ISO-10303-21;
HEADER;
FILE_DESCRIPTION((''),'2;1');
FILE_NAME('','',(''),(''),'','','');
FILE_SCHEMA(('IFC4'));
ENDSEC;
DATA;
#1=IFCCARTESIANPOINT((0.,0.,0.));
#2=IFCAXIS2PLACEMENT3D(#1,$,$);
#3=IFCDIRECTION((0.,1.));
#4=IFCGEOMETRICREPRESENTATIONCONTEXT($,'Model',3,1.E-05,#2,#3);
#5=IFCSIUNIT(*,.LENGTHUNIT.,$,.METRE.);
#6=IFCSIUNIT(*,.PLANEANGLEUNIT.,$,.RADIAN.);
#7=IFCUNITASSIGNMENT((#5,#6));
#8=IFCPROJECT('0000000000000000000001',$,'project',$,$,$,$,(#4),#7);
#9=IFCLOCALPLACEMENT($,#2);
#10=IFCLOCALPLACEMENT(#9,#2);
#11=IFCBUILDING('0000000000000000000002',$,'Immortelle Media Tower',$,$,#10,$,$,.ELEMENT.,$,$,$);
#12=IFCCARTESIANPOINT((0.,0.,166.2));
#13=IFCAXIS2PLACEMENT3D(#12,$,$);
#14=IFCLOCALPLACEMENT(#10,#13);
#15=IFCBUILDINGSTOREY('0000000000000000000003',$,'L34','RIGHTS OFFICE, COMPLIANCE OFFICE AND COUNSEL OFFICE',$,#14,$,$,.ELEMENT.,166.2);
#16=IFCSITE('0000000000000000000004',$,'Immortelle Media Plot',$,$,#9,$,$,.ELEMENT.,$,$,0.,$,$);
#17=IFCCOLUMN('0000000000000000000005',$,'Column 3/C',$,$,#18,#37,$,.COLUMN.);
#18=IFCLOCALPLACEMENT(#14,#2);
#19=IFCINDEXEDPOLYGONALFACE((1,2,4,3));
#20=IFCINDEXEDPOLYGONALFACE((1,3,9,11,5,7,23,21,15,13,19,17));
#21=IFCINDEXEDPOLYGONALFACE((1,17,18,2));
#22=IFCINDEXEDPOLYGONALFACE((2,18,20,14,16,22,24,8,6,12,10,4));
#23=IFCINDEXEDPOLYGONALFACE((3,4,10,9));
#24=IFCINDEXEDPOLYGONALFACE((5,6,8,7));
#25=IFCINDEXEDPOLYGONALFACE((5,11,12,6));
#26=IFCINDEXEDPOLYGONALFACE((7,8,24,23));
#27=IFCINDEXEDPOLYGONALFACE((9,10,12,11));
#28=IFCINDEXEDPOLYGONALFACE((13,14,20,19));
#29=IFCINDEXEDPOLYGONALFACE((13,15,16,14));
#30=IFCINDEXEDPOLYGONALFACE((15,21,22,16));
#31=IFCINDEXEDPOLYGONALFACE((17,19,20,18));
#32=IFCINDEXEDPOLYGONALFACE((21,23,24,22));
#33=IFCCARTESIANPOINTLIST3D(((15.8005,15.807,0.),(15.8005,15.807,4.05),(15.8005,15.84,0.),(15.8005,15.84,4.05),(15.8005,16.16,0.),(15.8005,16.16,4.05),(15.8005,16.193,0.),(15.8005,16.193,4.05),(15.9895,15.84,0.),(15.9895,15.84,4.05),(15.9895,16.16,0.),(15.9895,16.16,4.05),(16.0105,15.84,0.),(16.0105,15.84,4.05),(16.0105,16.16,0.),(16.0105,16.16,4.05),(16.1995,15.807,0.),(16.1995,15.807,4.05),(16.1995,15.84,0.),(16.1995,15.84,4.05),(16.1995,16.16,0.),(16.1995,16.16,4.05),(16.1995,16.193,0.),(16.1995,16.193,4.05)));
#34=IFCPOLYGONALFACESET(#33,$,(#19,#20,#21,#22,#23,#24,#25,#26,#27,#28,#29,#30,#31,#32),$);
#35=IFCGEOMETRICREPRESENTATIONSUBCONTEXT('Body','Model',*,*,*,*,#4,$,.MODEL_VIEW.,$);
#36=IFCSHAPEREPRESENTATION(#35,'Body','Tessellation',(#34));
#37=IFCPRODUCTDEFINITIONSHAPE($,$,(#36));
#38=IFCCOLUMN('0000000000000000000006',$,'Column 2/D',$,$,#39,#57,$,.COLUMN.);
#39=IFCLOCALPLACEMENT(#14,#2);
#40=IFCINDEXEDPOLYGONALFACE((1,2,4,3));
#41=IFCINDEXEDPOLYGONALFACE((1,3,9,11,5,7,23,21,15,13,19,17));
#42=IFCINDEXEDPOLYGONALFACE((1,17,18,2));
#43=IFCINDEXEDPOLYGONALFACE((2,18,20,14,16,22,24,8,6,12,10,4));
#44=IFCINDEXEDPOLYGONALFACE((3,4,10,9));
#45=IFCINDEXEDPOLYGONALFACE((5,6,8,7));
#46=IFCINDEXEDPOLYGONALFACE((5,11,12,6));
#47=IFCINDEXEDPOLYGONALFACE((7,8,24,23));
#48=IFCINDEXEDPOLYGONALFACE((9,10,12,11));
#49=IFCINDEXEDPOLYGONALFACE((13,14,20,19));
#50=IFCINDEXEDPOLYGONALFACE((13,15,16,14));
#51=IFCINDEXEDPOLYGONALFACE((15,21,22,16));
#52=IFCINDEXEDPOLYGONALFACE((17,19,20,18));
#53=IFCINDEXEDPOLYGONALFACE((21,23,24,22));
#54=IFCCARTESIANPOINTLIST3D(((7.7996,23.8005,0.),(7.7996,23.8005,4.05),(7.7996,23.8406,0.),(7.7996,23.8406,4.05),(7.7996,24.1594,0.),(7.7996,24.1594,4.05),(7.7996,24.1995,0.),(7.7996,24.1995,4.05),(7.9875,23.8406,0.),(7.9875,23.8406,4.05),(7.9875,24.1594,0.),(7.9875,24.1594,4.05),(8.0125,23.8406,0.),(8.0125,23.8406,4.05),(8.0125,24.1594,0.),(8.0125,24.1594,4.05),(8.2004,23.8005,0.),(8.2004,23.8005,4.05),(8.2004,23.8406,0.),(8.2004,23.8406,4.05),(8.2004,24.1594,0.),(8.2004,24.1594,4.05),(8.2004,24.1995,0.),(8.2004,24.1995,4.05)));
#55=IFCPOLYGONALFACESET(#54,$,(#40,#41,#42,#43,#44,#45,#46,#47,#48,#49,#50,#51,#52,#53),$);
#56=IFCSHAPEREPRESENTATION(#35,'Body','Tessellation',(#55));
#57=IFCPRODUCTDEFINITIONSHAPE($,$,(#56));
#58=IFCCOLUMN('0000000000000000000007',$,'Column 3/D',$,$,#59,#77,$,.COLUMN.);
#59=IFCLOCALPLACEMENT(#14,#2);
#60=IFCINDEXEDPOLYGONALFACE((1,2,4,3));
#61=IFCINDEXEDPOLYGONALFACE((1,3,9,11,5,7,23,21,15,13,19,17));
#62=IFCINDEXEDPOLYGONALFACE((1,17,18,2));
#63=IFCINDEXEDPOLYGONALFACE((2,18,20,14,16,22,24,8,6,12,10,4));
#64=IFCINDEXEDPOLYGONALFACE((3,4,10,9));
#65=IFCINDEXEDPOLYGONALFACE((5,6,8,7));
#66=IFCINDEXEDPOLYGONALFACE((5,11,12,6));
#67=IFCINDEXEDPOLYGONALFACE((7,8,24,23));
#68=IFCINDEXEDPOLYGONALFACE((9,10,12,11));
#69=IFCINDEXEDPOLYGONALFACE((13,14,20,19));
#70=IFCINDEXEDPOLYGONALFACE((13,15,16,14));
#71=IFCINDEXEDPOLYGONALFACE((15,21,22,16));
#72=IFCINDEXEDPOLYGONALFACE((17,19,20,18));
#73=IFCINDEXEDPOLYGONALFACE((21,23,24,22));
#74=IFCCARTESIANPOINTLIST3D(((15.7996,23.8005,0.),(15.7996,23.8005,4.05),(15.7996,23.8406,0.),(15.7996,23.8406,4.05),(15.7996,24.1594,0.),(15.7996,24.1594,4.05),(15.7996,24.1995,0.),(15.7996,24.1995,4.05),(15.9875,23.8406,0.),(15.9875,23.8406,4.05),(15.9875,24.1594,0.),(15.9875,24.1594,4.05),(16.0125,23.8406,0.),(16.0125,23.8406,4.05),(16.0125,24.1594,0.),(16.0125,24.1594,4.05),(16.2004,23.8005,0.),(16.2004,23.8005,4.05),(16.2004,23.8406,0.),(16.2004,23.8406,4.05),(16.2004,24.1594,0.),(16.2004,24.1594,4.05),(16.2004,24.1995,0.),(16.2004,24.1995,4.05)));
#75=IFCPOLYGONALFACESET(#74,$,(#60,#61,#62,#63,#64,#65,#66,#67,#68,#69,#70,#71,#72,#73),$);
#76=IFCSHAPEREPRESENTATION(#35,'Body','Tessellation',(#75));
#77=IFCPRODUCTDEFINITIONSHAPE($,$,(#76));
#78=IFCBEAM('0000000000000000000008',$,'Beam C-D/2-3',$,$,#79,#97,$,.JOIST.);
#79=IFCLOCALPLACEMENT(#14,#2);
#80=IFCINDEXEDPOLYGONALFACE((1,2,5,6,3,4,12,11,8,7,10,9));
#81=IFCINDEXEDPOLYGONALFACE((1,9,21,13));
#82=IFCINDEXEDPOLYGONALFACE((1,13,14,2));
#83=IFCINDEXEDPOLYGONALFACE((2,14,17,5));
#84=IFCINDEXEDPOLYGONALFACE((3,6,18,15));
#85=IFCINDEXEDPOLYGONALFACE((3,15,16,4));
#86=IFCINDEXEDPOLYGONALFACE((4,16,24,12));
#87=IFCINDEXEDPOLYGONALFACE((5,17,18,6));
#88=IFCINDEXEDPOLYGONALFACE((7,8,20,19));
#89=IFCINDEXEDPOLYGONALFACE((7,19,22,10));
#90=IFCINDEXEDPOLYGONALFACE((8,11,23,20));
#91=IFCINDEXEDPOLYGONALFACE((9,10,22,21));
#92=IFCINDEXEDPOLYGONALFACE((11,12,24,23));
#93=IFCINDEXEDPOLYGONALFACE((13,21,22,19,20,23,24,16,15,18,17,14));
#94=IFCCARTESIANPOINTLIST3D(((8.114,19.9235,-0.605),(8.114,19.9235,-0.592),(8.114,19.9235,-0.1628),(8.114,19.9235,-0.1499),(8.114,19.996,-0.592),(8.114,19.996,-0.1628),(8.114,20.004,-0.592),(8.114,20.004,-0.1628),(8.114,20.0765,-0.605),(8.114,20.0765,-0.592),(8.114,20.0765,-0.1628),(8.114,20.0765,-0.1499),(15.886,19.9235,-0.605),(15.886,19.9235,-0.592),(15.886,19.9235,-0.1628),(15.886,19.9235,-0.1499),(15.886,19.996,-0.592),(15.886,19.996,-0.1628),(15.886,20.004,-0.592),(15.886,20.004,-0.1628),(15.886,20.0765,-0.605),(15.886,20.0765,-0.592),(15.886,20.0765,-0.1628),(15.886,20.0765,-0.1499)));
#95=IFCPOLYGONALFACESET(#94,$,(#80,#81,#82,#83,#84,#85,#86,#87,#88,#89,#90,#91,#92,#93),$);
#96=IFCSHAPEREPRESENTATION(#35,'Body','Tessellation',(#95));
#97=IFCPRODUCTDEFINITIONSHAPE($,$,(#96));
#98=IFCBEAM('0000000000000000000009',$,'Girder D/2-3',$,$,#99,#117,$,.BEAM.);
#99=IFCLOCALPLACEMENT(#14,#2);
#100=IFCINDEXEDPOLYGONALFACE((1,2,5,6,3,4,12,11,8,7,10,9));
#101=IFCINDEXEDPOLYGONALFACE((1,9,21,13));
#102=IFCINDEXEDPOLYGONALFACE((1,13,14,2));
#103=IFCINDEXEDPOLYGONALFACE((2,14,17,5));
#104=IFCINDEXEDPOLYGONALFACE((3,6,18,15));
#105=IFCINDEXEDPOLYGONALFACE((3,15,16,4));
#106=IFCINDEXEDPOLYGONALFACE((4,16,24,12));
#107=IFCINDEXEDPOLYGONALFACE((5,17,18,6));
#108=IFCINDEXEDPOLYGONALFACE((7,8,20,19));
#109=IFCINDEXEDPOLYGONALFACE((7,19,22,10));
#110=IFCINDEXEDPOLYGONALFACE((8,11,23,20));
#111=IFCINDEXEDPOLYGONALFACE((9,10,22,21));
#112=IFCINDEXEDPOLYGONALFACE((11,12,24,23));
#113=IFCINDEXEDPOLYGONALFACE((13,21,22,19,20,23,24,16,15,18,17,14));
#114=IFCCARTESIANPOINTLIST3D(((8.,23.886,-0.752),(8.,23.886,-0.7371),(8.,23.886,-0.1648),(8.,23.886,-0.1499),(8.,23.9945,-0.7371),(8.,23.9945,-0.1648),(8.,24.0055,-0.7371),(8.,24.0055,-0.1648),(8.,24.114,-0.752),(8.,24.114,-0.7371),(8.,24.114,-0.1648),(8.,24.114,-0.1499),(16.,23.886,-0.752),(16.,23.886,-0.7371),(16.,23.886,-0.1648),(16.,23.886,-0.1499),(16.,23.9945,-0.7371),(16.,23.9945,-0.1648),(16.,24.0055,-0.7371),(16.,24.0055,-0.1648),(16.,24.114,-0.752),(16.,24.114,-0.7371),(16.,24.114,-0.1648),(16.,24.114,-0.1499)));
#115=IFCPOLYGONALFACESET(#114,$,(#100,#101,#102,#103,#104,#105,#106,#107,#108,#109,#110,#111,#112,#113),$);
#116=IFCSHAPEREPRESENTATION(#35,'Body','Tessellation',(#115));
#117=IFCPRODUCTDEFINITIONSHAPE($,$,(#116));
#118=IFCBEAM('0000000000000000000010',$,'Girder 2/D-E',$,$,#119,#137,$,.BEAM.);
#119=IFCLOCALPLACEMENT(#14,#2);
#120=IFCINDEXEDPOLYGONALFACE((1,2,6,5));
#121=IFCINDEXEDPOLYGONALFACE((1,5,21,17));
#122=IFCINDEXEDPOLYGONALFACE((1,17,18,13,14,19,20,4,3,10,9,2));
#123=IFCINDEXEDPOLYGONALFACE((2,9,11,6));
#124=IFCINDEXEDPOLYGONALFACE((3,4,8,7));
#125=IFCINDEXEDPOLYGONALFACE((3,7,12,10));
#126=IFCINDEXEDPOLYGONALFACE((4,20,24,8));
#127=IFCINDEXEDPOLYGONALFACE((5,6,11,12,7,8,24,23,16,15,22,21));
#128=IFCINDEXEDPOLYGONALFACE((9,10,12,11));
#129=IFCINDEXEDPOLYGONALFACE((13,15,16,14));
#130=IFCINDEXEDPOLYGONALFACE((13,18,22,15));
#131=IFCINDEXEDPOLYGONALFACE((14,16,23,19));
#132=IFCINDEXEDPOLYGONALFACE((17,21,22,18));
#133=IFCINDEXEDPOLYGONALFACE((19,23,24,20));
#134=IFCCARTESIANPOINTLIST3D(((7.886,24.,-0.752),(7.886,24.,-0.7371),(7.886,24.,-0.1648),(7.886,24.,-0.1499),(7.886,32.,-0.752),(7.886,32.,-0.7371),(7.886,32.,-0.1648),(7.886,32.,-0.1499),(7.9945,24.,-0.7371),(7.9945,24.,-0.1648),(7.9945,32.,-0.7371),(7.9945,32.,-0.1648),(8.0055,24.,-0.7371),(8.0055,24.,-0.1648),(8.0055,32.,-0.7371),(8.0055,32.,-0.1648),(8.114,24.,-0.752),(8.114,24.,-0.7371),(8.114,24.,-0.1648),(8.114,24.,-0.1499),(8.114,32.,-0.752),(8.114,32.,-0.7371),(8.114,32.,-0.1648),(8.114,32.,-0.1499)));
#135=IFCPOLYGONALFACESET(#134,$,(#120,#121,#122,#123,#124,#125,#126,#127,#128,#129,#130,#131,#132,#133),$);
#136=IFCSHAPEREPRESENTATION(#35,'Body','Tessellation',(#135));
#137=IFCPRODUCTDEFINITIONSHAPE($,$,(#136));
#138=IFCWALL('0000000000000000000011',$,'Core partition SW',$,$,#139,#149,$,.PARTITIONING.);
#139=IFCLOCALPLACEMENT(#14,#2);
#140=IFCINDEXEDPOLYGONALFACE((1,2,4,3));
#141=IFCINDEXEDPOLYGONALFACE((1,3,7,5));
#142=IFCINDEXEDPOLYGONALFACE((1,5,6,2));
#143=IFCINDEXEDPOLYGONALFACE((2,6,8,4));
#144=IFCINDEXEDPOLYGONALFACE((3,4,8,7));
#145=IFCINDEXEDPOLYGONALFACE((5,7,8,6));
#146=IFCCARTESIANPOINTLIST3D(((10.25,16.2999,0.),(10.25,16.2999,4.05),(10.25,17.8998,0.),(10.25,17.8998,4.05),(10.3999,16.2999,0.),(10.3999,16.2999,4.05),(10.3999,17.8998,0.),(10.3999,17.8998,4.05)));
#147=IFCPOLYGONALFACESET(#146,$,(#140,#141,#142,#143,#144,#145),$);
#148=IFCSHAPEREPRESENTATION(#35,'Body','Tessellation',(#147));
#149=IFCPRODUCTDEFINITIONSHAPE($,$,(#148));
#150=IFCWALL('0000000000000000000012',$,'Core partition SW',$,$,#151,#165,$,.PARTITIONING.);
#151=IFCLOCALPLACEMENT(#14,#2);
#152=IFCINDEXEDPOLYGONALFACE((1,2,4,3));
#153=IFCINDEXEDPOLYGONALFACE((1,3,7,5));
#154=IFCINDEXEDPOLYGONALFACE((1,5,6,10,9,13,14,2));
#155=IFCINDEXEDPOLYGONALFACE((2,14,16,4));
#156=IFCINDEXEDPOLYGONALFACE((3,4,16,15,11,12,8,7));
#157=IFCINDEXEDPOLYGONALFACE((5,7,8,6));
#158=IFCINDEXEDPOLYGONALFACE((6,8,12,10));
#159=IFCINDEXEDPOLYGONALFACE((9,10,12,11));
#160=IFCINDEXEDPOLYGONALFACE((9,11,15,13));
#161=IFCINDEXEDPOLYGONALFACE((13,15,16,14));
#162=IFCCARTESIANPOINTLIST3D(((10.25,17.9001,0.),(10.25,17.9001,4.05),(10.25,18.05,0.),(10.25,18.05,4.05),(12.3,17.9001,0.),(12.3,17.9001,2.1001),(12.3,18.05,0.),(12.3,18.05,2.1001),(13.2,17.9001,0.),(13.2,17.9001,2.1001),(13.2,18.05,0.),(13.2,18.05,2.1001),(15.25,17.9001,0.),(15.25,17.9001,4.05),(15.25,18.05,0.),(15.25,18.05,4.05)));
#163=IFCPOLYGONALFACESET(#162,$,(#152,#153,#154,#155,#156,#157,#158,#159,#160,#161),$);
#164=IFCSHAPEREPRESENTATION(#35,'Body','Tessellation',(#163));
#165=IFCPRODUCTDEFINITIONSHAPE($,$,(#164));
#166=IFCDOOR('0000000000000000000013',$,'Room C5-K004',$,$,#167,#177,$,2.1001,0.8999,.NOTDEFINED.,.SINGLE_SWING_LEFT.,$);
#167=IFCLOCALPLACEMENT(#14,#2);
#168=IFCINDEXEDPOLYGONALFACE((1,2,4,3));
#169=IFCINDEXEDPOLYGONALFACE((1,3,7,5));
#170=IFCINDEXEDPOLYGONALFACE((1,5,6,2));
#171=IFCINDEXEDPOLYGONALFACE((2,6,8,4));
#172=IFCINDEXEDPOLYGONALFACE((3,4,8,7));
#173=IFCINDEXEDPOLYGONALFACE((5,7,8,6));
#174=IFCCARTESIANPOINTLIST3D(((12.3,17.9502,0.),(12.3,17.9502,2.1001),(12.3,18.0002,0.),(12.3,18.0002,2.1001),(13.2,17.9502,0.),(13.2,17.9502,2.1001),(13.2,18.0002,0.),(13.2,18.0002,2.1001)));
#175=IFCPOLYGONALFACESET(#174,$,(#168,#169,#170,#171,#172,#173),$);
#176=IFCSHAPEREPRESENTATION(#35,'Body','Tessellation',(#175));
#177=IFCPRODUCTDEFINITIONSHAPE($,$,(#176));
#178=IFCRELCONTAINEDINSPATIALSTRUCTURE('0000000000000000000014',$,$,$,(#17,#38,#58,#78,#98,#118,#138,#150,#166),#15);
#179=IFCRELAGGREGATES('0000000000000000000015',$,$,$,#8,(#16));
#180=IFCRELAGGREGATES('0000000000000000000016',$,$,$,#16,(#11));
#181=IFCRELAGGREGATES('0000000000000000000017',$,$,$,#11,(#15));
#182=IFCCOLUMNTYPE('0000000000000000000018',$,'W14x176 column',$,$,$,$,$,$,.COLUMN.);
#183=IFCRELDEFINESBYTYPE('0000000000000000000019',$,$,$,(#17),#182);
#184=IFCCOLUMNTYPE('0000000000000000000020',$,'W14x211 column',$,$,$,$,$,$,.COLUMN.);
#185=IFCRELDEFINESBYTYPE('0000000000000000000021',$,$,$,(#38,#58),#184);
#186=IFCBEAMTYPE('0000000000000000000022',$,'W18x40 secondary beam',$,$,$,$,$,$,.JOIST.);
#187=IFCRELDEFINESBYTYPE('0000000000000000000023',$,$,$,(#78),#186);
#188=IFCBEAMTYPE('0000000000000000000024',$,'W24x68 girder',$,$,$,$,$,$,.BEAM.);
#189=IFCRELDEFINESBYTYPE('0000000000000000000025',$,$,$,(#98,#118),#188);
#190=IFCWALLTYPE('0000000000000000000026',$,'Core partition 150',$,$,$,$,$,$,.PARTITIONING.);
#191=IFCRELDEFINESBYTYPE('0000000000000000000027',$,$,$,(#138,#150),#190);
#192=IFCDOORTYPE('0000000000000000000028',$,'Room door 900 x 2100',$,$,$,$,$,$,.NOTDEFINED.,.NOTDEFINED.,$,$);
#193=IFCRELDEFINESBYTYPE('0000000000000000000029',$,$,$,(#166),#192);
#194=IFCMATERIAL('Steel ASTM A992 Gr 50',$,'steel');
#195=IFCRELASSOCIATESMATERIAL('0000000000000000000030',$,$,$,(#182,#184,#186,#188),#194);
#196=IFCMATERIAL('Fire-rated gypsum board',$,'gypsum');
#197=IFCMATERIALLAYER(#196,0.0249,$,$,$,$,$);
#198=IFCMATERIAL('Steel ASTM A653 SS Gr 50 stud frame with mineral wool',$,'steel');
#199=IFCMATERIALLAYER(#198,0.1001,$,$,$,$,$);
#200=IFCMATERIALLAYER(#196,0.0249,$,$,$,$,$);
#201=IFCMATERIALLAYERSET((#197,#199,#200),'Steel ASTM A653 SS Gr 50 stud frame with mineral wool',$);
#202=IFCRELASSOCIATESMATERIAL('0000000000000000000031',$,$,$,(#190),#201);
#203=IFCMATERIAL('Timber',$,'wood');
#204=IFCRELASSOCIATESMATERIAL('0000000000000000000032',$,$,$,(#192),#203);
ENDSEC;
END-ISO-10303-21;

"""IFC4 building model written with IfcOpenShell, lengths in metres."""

from ifc_helpers import new_model, si_unit, direction, frame, frame_2d, origin, origin_2d, place, context, subcontext, project, spatial, rectangle, i_section, extrude, material, layer, layer_set, material_profile, profile_set, type_object, element, fill, save


model = new_model("IFC4")

# Units and contexts
model_context = context("Model", 3, precision=1e-05, world=origin(), true_north=direction((0.0, 1.0)))
body_context = subcontext(model_context, "Body", "Model", "MODEL_VIEW")
ifc_project = project(units=[si_unit("LENGTHUNIT", "METRE"), si_unit("PLANEANGLEUNIT", "RADIAN")], contexts=[model_context])

# Site, building, storey
site_placement = place(None, origin())
site = spatial("IfcSite", under=ifc_project, at=site_placement, Name="Immortelle Media Plot", CompositionType="ELEMENT", RefElevation=0.0)
building_placement = place(site_placement, origin())
building = spatial("IfcBuilding", under=site, at=building_placement, Name="Immortelle Media Tower", CompositionType="ELEMENT")
storey_placement = place(building_placement, frame((0.0, 0.0, 166.2)))
storey = spatial("IfcBuildingStorey", under=building, at=storey_placement, Name="L34", Description="RIGHTS OFFICE, COMPLIANCE OFFICE AND COUNSEL OFFICE", CompositionType="ELEMENT", Elevation=166.2)

# Columns
ifc_material_1 = material(Name="Steel ASTM A992 Gr 50", Category="steel")
ifc_material_profile_1 = material_profile(ifc_material_1, i_section(OverallWidth=0.3989, OverallDepth=0.386, WebThickness=0.021, FlangeThickness=0.033, at=origin_2d()), Name="W14x176")
ifc_profile_set_1 = profile_set([ifc_material_profile_1], Name="Steel ASTM A992 Gr 50")
column_type_1 = type_object("IfcColumnType", Name="W14x176 column", PredefinedType="COLUMN", material=ifc_profile_set_1)
column_placement = place(storey_placement, frame((16.0, 16.0, 0.0), z_axis=(0.0, 0.0, 1.0), x_axis=(1.0, 0.0, 0.0)))
element("IfcColumn", 1, at=column_placement, inside=storey, type_object=column_type_1, Name="Column 3/C", PredefinedType="COLUMN", context=body_context, shape_type="SweptSolid", body=[
    extrude(i_section(OverallWidth=0.3989, OverallDepth=0.386, WebThickness=0.021, FlangeThickness=0.033, at=origin_2d()), origin(), (0.0, 0.0, 1.0), 4.05),
])
ifc_material_profile_2 = material_profile(ifc_material_1, i_section(OverallWidth=0.4009, OverallDepth=0.3989, WebThickness=0.0249, FlangeThickness=0.04, at=origin_2d()), Name="W14x211")
ifc_profile_set_2 = profile_set([ifc_material_profile_2], Name="Steel ASTM A992 Gr 50")
column_type_2 = type_object("IfcColumnType", Name="W14x211 column", PredefinedType="COLUMN", material=ifc_profile_set_2)
for number, where, z_axis, x_axis, name in (
    (2, (8.0, 24.0, 0.0), (0.0, 0.0, 1.0), (1.0, 0.0, 0.0), "Column 2/D"),
    (3, (16.0, 24.0, 0.0), (0.0, 0.0, 1.0), (1.0, 0.0, 0.0), "Column 3/D"),
):
    element("IfcColumn", number, at=place(storey_placement, frame(where, z_axis=z_axis, x_axis=x_axis)), inside=storey, type_object=column_type_2, Name=name, PredefinedType="COLUMN", context=body_context, shape_type="SweptSolid", body=[
        extrude(i_section(OverallWidth=0.4009, OverallDepth=0.3989, WebThickness=0.0249, FlangeThickness=0.04, at=origin_2d()), origin(), (0.0, 0.0, 1.0), 4.05),
    ])

# Beams
ifc_material_profile_3 = material_profile(ifc_material_1, i_section(OverallWidth=0.1531, OverallDepth=0.4551, WebThickness=0.0081, FlangeThickness=0.0129, at=origin_2d()), Name="W18x40")
ifc_profile_set_3 = profile_set([ifc_material_profile_3], Name="Steel ASTM A992 Gr 50")
beam_type_1 = type_object("IfcBeamType", Name="W18x40 secondary beam", PredefinedType="JOIST", material=ifc_profile_set_3)
beam_placement = place(storey_placement, frame((8.114, 20.0, -0.3774), z_axis=(1.0, 0.0, 0.0), x_axis=(0.0, 1.0, 0.0)))
element("IfcBeam", 4, at=beam_placement, inside=storey, type_object=beam_type_1, Name="Beam C-D/2-3", PredefinedType="JOIST", context=body_context, shape_type="SweptSolid", body=[
    extrude(i_section(OverallWidth=0.1531, OverallDepth=0.4551, WebThickness=0.0081, FlangeThickness=0.0129, at=origin_2d()), origin(), (0.0, 0.0, 1.0), 7.772),
])
ifc_material_profile_4 = material_profile(ifc_material_1, i_section(OverallWidth=0.228, OverallDepth=0.6021, WebThickness=0.011, FlangeThickness=0.0149, at=origin_2d()), Name="W24x68")
ifc_profile_set_4 = profile_set([ifc_material_profile_4], Name="Steel ASTM A992 Gr 50")
beam_type_2 = type_object("IfcBeamType", Name="W24x68 girder", PredefinedType="BEAM", material=ifc_profile_set_4)
for number, where, z_axis, x_axis, name in (
    (5, (8.0, 24.0, -0.4509), (1.0, 0.0, 0.0), (0.0, 1.0, 0.0), "Girder D/2-3"),
    (6, (8.0, 24.0, -0.4509), (0.0, 1.0, 0.0), (-1.0, 0.0, 0.0), "Girder 2/D-E"),
):
    element("IfcBeam", number, at=place(storey_placement, frame(where, z_axis=z_axis, x_axis=x_axis)), inside=storey, type_object=beam_type_2, Name=name, PredefinedType="BEAM", context=body_context, shape_type="SweptSolid", body=[
        extrude(i_section(OverallWidth=0.228, OverallDepth=0.6021, WebThickness=0.011, FlangeThickness=0.0149, at=origin_2d()), origin(), (0.0, 0.0, 1.0), 8.0),
    ])

# Wall
ifc_material_2 = material(Name="Fire-rated gypsum board", Category="gypsum")
ifc_layer_1 = layer(ifc_material_2, 0.0249)
ifc_material_3 = material(Name="Steel ASTM A653 SS Gr 50 stud frame with mineral wool", Category="steel")
ifc_layer_2 = layer(ifc_material_3, 0.1001)
ifc_layer_3 = layer(ifc_material_2, 0.0249)
ifc_layer_set_1 = layer_set([ifc_layer_1, ifc_layer_2, ifc_layer_3], Name="Steel ASTM A653 SS Gr 50 stud frame with mineral wool")
wall_type_1 = type_object("IfcWallType", Name="Core partition 150", PredefinedType="PARTITIONING", material=ifc_layer_set_1)
wall_1_placement = place(storey_placement, frame((10.325, 16.3, 0.0), z_axis=(0.0, 0.0, 1.0), x_axis=(0.0, 1.0, 0.0)))
element("IfcWall", 7, at=wall_1_placement, inside=storey, type_object=wall_type_1, Name="Core partition SW", PredefinedType="PARTITIONING", context=body_context, shape_type="SweptSolid", body=[
    extrude(rectangle(XDim=1.5999, YDim=0.1499, at=frame_2d((0.7998, 0.0))), origin(), (0.0, 0.0, 1.0), 4.05),
])

# Wall, opening, door
wall_2_placement = place(storey_placement, frame((10.25, 17.9751, 0.0), z_axis=(0.0, 0.0, 1.0), x_axis=(1.0, 0.0, 0.0)))
wall_2 = element("IfcWall", 8, at=wall_2_placement, inside=storey, type_object=wall_type_1, Name="Core partition SW", PredefinedType="PARTITIONING", context=body_context, shape_type="SweptSolid", body=[
    extrude(rectangle(XDim=5.0, YDim=0.1499, at=frame_2d((2.5, 0.0))), origin(), (0.0, 0.0, 1.0), 4.05),
])
opening_1_placement = place(wall_2_placement, frame((2.95, 0.0, 0.0), z_axis=(0.0, 0.0, 1.0), x_axis=(-1.0, 0.0, 0.0)))
opening_1 = element("IfcOpeningElement", 9, at=opening_1_placement, cuts=wall_2, PredefinedType="OPENING", context=body_context, shape_type="SweptSolid", body=[
    extrude(rectangle(XDim=0.8999, YDim=2.1001, at=frame_2d((0.45, 1.05))), frame((0.0, 0.085, 0.0), z_axis=(0.0, -1.0, 0.0), x_axis=(1.0, 0.0, 0.0)), (0.0, 0.0, 1.0), 0.1699),
])
ifc_material_4 = material(Name="Timber", Category="wood")
door_type_1 = type_object("IfcDoorType", Name="Room door 900 x 2100", OperationType="NOTDEFINED", PredefinedType="NOTDEFINED", material=ifc_material_4)
door_1_placement = place(opening_1_placement, origin())
door_1 = element("IfcDoor", 10, at=door_1_placement, inside=storey, type_object=door_type_1, Name="Room C5-K004", OperationType="SINGLE_SWING_LEFT", OverallHeight=2.1001, OverallWidth=0.8999, PredefinedType="NOTDEFINED", context=body_context, shape_type="SweptSolid", body=[
    extrude(rectangle(XDim=0.8999, YDim=2.1001, at=frame_2d((0.45, 1.05))), frame((0.0, 0.0249, 0.0), z_axis=(0.0, -1.0, 0.0), x_axis=(1.0, 0.0, 0.0)), (0.0, 0.0, 1.0), 0.05),
])
fill(opening_1, door_1)

save(model, "model.ifc")
